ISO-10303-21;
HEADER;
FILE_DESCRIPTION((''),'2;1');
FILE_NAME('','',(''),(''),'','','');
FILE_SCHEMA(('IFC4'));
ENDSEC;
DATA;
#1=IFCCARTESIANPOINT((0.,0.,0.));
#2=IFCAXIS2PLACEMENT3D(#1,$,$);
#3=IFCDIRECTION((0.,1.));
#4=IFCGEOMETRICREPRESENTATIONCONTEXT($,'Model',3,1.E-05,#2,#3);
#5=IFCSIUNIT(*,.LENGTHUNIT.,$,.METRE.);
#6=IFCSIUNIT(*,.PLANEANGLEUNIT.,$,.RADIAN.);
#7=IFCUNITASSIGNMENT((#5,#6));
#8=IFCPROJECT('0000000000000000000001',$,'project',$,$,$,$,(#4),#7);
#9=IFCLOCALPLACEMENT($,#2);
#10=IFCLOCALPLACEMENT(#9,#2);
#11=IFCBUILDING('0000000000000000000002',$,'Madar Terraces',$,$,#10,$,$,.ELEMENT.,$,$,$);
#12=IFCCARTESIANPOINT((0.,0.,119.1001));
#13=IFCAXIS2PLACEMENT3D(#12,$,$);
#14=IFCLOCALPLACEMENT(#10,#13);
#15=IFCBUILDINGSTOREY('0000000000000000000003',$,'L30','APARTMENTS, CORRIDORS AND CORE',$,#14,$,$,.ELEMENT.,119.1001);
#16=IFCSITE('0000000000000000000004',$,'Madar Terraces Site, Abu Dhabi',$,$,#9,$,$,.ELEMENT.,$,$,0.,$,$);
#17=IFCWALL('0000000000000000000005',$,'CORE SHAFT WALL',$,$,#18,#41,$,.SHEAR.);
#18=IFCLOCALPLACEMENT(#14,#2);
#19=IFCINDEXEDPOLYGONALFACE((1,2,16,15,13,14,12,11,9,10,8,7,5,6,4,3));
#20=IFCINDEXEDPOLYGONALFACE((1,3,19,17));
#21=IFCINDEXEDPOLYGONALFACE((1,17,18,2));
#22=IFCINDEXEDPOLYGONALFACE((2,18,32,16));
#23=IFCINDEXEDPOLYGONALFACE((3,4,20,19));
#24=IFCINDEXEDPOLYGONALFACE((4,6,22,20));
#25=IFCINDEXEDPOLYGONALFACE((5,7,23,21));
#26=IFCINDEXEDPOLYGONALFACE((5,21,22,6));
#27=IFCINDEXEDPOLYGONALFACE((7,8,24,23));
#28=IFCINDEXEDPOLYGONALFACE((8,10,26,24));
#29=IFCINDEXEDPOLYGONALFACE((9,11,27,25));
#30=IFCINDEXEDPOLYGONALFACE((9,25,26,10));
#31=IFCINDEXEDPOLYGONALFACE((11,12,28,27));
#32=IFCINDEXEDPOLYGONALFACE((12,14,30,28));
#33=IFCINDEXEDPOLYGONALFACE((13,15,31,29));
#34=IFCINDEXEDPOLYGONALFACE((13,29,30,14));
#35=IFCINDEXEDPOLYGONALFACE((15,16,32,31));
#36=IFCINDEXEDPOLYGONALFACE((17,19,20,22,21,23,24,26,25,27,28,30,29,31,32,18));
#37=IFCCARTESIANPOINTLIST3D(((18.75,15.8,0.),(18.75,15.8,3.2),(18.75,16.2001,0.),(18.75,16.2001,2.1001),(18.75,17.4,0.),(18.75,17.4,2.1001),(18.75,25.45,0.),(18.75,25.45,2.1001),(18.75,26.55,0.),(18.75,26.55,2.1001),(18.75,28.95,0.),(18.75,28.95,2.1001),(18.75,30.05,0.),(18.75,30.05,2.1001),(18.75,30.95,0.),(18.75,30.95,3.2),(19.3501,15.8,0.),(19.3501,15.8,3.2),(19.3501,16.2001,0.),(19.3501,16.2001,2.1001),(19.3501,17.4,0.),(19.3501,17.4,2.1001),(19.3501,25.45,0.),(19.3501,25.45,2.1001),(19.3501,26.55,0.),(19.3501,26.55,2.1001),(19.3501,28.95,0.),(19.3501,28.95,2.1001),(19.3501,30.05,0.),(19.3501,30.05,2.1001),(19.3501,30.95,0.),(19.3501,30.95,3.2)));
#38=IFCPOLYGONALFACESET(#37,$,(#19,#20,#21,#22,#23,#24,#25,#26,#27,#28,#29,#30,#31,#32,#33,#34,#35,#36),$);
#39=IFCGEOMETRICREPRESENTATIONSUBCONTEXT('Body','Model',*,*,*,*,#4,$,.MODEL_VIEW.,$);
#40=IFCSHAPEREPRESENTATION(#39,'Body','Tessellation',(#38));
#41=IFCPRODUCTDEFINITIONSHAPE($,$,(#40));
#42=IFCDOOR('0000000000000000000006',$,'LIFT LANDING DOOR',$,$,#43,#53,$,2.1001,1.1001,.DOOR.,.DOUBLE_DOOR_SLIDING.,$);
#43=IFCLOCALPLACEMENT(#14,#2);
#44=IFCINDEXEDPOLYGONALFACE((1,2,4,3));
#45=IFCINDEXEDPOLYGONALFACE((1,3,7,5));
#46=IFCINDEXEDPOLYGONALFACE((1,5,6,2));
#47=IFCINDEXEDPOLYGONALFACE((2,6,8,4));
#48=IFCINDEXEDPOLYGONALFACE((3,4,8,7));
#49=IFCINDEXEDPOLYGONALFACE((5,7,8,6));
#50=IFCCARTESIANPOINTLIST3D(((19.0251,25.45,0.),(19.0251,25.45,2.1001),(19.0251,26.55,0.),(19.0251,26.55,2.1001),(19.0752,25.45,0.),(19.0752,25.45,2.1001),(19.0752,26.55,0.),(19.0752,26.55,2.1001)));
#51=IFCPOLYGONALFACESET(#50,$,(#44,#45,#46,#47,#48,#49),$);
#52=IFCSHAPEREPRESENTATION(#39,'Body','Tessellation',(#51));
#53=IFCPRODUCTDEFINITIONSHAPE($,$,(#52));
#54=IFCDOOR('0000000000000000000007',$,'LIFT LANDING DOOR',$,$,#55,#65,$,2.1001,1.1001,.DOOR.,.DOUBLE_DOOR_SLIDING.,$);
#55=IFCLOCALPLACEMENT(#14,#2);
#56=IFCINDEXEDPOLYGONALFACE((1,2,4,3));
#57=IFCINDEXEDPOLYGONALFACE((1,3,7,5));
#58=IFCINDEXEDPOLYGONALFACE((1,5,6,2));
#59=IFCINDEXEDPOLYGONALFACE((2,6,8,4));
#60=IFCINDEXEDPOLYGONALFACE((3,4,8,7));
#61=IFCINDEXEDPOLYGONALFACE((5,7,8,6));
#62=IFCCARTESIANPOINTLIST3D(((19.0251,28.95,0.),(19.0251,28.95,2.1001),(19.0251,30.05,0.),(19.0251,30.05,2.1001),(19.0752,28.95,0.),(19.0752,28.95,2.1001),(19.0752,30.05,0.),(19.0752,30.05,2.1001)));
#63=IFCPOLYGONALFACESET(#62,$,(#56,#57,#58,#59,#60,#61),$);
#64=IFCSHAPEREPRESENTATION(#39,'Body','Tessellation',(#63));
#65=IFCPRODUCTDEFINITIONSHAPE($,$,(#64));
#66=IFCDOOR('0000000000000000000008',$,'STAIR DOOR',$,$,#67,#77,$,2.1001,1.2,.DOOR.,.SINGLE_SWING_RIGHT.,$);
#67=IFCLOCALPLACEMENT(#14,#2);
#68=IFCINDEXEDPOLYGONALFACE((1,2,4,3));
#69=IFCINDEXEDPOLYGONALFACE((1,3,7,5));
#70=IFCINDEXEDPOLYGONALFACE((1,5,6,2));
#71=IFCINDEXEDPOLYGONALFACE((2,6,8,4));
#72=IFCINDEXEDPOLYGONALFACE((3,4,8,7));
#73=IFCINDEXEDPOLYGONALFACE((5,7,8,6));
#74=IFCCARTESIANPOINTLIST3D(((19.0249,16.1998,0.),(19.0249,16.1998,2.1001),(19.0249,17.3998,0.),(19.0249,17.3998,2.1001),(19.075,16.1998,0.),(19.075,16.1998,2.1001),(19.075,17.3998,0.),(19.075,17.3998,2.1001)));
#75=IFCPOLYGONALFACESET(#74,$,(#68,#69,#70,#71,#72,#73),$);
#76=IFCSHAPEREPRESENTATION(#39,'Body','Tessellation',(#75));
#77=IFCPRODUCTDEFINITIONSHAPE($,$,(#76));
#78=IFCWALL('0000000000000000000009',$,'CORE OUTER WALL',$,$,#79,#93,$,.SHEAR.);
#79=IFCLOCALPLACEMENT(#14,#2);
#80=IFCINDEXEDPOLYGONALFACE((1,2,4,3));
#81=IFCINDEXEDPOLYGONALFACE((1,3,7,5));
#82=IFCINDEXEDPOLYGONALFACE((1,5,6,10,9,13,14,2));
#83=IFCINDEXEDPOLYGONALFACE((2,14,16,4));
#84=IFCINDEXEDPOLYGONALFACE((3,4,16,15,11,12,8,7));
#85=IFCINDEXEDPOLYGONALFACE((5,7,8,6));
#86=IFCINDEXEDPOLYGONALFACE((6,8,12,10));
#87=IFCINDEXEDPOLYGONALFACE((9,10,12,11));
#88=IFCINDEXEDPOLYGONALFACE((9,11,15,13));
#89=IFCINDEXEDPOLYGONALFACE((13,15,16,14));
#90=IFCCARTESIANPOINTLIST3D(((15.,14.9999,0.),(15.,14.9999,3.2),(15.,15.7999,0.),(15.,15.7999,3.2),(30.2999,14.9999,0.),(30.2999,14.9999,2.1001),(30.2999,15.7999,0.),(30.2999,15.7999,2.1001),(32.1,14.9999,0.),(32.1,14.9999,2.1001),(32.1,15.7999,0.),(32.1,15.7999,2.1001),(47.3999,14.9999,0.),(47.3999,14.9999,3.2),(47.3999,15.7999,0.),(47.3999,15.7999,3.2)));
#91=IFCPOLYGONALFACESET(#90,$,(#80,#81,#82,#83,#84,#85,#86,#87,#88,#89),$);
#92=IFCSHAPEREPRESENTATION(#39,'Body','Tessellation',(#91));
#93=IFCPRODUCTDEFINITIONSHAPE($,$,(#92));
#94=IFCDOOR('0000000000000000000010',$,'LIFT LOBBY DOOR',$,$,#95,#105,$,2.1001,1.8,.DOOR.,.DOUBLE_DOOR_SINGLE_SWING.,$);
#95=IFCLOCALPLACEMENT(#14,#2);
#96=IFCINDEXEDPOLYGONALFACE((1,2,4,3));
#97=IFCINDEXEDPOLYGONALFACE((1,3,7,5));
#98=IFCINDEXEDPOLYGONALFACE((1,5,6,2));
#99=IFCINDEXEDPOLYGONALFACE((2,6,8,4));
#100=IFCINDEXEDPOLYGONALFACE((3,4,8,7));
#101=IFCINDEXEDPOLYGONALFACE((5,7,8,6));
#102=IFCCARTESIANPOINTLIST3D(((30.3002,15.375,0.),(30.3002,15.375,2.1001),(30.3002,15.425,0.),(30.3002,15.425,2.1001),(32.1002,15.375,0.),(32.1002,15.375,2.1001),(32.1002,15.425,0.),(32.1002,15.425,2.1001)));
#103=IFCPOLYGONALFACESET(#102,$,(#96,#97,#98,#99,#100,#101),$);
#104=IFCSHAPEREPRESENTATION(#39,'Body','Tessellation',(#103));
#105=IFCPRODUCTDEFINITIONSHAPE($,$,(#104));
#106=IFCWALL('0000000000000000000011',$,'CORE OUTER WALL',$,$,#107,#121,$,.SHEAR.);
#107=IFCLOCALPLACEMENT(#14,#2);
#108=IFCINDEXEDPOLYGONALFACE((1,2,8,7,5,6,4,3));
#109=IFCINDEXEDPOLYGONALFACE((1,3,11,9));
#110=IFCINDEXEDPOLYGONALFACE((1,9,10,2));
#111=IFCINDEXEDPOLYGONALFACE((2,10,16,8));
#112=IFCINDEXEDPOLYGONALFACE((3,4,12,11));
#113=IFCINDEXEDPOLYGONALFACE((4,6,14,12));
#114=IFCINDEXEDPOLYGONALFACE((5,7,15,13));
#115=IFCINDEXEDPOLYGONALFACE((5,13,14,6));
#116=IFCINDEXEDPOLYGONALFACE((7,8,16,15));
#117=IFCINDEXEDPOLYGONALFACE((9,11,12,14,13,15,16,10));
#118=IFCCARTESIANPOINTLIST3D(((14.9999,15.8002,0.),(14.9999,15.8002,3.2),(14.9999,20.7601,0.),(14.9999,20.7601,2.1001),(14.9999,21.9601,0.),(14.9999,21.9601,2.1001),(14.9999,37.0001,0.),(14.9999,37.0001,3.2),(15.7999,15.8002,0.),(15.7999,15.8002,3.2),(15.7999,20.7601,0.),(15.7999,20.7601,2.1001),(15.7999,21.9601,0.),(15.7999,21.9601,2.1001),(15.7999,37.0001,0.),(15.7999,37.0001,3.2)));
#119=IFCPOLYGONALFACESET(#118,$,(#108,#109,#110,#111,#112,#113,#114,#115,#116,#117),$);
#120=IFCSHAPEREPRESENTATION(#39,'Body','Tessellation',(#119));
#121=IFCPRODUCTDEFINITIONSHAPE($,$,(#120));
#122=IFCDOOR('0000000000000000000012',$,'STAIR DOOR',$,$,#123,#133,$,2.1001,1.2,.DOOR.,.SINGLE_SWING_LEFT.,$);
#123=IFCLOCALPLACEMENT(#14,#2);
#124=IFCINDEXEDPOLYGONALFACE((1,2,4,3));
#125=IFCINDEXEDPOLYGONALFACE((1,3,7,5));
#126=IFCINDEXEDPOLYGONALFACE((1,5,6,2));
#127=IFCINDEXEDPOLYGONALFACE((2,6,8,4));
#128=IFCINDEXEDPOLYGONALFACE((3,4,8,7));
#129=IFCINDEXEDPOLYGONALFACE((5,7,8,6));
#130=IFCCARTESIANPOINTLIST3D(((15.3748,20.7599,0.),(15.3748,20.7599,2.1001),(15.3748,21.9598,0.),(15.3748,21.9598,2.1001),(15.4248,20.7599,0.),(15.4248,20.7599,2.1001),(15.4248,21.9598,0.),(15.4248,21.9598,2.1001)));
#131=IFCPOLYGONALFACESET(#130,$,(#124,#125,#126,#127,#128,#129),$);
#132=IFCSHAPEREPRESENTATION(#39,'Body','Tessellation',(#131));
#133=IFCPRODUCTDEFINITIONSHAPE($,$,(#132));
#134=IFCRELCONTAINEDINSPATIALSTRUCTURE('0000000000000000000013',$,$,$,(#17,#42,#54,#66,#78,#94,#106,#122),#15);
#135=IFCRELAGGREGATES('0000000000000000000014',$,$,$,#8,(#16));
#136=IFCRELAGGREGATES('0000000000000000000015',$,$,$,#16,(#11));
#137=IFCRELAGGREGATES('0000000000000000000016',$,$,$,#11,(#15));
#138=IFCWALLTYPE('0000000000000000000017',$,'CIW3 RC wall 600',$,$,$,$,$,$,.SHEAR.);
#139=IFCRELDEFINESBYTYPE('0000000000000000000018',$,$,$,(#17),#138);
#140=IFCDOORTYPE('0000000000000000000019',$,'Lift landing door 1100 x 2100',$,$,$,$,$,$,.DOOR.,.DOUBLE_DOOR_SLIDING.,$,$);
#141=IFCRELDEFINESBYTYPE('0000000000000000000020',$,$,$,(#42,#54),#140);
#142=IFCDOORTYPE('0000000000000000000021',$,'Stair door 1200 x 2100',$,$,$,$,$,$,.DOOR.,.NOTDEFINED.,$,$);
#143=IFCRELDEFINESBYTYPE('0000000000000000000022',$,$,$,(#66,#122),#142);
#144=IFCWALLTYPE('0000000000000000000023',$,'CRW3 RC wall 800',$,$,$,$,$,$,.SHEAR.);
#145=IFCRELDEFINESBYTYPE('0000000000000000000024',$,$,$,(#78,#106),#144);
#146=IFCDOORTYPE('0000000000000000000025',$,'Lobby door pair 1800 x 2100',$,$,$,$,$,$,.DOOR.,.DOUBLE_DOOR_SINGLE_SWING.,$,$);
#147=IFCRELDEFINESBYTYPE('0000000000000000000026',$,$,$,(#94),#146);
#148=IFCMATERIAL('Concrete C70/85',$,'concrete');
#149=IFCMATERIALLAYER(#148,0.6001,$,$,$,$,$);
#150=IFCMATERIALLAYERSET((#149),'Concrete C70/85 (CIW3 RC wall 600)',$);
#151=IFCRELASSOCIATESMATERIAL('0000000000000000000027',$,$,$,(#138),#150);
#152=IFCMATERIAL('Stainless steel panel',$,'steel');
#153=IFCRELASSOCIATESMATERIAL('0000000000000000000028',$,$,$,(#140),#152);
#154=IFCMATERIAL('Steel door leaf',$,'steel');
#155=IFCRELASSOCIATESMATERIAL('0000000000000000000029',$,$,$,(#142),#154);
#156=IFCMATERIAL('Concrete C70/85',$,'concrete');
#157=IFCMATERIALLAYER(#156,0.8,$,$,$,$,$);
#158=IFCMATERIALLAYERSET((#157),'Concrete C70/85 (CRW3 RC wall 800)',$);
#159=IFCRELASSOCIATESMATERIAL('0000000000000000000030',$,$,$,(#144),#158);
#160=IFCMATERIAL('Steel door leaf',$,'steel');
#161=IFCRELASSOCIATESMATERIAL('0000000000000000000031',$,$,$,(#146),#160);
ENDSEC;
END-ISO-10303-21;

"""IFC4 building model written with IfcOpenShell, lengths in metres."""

from ifc_helpers import new_model, si_unit, direction, frame, frame_2d, origin, place, context, subcontext, project, spatial, rectangle, extrude, material, layer, layer_set, type_object, element, fill, save


model = new_model("IFC4")

# Units and contexts
model_context = context("Model", 3, precision=1e-05, world=origin(), true_north=direction((0.0, 1.0)))
body_context = subcontext(model_context, "Body", "Model", "MODEL_VIEW")
ifc_project = project(units=[si_unit("LENGTHUNIT", "METRE"), si_unit("PLANEANGLEUNIT", "RADIAN")], contexts=[model_context])

# Site, building, storey
site_placement = place(None, origin())
site = spatial("IfcSite", under=ifc_project, at=site_placement, Name="Madar Terraces Site, Abu Dhabi", CompositionType="ELEMENT", RefElevation=0.0)
building_placement = place(site_placement, origin())
building = spatial("IfcBuilding", under=site, at=building_placement, Name="Madar Terraces", CompositionType="ELEMENT")
storey_placement = place(building_placement, frame((0.0, 0.0, 119.1001)))
storey = spatial("IfcBuildingStorey", under=building, at=storey_placement, Name="L30", Description="APARTMENTS, CORRIDORS AND CORE", CompositionType="ELEMENT", Elevation=119.1001)

# Wall, openings, doors
ifc_material_1 = material(Name="Concrete C70/85", Category="concrete")
ifc_layer_1 = layer(ifc_material_1, 0.6001)
ifc_layer_set_1 = layer_set([ifc_layer_1], Name="Concrete C70/85 (CIW3 RC wall 600)")
wall_type_1 = type_object("IfcWallType", Name="CIW3 RC wall 600", PredefinedType="SHEAR", material=ifc_layer_set_1)
wall_1_placement = place(storey_placement, frame((19.05, 15.8, 0.0), z_axis=(0.0, 0.0, 1.0), x_axis=(0.0, 1.0, 0.0)))
wall_1 = element("IfcWall", 1, at=wall_1_placement, inside=storey, type_object=wall_type_1, Name="CORE SHAFT WALL", PredefinedType="SHEAR", context=body_context, shape_type="SweptSolid", body=[
    extrude(rectangle(XDim=15.1499, YDim=0.6001, at=frame_2d((7.575, 0.0))), origin(), (0.0, 0.0, 1.0), 3.2),
])
opening_1_placement = place(wall_1_placement, frame((9.6499, 0.0, 0.0)))
opening_1 = element("IfcOpeningElement", 2, at=opening_1_placement, cuts=wall_1, PredefinedType="OPENING", context=body_context, shape_type="SweptSolid", body=[
    extrude(rectangle(XDim=1.1001, YDim=2.1001, at=frame_2d((0.55, 1.05))), frame((0.0, 0.3101, 0.0), z_axis=(0.0, -1.0, 0.0), x_axis=(1.0, 0.0, 0.0)), (0.0, 0.0, 1.0), 0.6201),
])
opening_2_placement = place(wall_1_placement, frame((13.1499, 0.0, 0.0)))
opening_2 = element("IfcOpeningElement", 3, at=opening_2_placement, cuts=wall_1, PredefinedType="OPENING", context=body_context, shape_type="SweptSolid", body=[
    extrude(rectangle(XDim=1.1001, YDim=2.1001, at=frame_2d((0.55, 1.05))), frame((0.0, 0.3101, 0.0), z_axis=(0.0, -1.0, 0.0), x_axis=(1.0, 0.0, 0.0)), (0.0, 0.0, 1.0), 0.6201),
])
opening_3_placement = place(wall_1_placement, frame((0.3999, 0.0, 0.0)))
opening_3 = element("IfcOpeningElement", 4, at=opening_3_placement, cuts=wall_1, PredefinedType="OPENING", context=body_context, shape_type="SweptSolid", body=[
    extrude(rectangle(XDim=1.2, YDim=2.1001, at=frame_2d((0.6001, 1.05))), frame((0.0, 0.3101, 0.0), z_axis=(0.0, -1.0, 0.0), x_axis=(1.0, 0.0, 0.0)), (0.0, 0.0, 1.0), 0.6201),
])
ifc_material_2 = material(Name="Stainless steel panel", Category="steel")
door_type_1 = type_object("IfcDoorType", Name="Lift landing door 1100 x 2100", OperationType="DOUBLE_DOOR_SLIDING", PredefinedType="DOOR", material=ifc_material_2)
door_1_placement = place(opening_1_placement, origin())
door_1 = element("IfcDoor", 5, at=door_1_placement, inside=storey, type_object=door_type_1, Name="LIFT LANDING DOOR", OperationType="DOUBLE_DOOR_SLIDING", OverallHeight=2.1001, OverallWidth=1.1001, PredefinedType="DOOR", context=body_context, shape_type="SweptSolid", body=[
    extrude(rectangle(XDim=1.1001, YDim=2.1001, at=frame_2d((0.55, 1.05))), frame((0.0, 0.0249, 0.0), z_axis=(0.0, -1.0, 0.0), x_axis=(1.0, 0.0, 0.0)), (0.0, 0.0, 1.0), 0.05),
])
fill(opening_1, door_1)
door_2_placement = place(opening_2_placement, origin())
door_2 = element("IfcDoor", 6, at=door_2_placement, inside=storey, type_object=door_type_1, Name="LIFT LANDING DOOR", OperationType="DOUBLE_DOOR_SLIDING", OverallHeight=2.1001, OverallWidth=1.1001, PredefinedType="DOOR", context=body_context, shape_type="SweptSolid", body=[
    extrude(rectangle(XDim=1.1001, YDim=2.1001, at=frame_2d((0.55, 1.05))), frame((0.0, 0.0249, 0.0), z_axis=(0.0, -1.0, 0.0), x_axis=(1.0, 0.0, 0.0)), (0.0, 0.0, 1.0), 0.05),
])
fill(opening_2, door_2)
ifc_material_3 = material(Name="Steel door leaf", Category="steel")
door_type_2 = type_object("IfcDoorType", Name="Stair door 1200 x 2100", OperationType="NOTDEFINED", PredefinedType="DOOR", material=ifc_material_3)
door_3_placement = place(opening_3_placement, frame((1.2, 0.0, 0.0), z_axis=(0.0, 0.0, 1.0), x_axis=(-1.0, 0.0, 0.0)))
door_3 = element("IfcDoor", 7, at=door_3_placement, inside=storey, type_object=door_type_2, Name="STAIR DOOR", OperationType="SINGLE_SWING_RIGHT", OverallHeight=2.1001, OverallWidth=1.2, PredefinedType="DOOR", context=body_context, shape_type="SweptSolid", body=[
    extrude(rectangle(XDim=1.2, YDim=2.1001, at=frame_2d((0.6001, 1.05))), frame((0.0, 0.0249, 0.0), z_axis=(0.0, -1.0, 0.0), x_axis=(1.0, 0.0, 0.0)), (0.0, 0.0, 1.0), 0.05),
])
fill(opening_3, door_3)

# Walls, openings, doors
ifc_material_4 = material(Name="Concrete C70/85", Category="concrete")
ifc_layer_2 = layer(ifc_material_4, 0.8)
ifc_layer_set_2 = layer_set([ifc_layer_2], Name="Concrete C70/85 (CRW3 RC wall 800)")
wall_type_2 = type_object("IfcWallType", Name="CRW3 RC wall 800", PredefinedType="SHEAR", material=ifc_layer_set_2)
wall_2_placement = place(storey_placement, frame((15.0, 15.3999, 0.0), z_axis=(0.0, 0.0, 1.0), x_axis=(1.0, 0.0, 0.0)))
wall_2 = element("IfcWall", 8, at=wall_2_placement, inside=storey, type_object=wall_type_2, Name="CORE OUTER WALL", PredefinedType="SHEAR", context=body_context, shape_type="SweptSolid", body=[
    extrude(rectangle(XDim=32.3999, YDim=0.8, at=frame_2d((16.2, 0.0))), origin(), (0.0, 0.0, 1.0), 3.2),
])
opening_4_placement = place(wall_2_placement, frame((15.3, 0.0, 0.0)))
opening_4 = element("IfcOpeningElement", 9, at=opening_4_placement, cuts=wall_2, PredefinedType="OPENING", context=body_context, shape_type="SweptSolid", body=[
    extrude(rectangle(XDim=1.8, YDim=2.1001, at=frame_2d((0.8999, 1.05))), frame((0.0, 0.4099, 0.0), z_axis=(0.0, -1.0, 0.0), x_axis=(1.0, 0.0, 0.0)), (0.0, 0.0, 1.0), 0.8201),
])
ifc_material_5 = material(Name="Steel door leaf", Category="steel")
door_type_3 = type_object("IfcDoorType", Name="Lobby door pair 1800 x 2100", OperationType="DOUBLE_DOOR_SINGLE_SWING", PredefinedType="DOOR", material=ifc_material_5)
door_4_placement = place(opening_4_placement, frame((1.8, 0.0, 0.0), z_axis=(0.0, 0.0, 1.0), x_axis=(-1.0, 0.0, 0.0)))
door_4 = element("IfcDoor", 10, at=door_4_placement, inside=storey, type_object=door_type_3, Name="LIFT LOBBY DOOR", OperationType="DOUBLE_DOOR_SINGLE_SWING", OverallHeight=2.1001, OverallWidth=1.8, PredefinedType="DOOR", context=body_context, shape_type="SweptSolid", body=[
    extrude(rectangle(XDim=1.8, YDim=2.1001, at=frame_2d((0.8999, 1.05))), frame((0.0, 0.0249, 0.0), z_axis=(0.0, -1.0, 0.0), x_axis=(1.0, 0.0, 0.0)), (0.0, 0.0, 1.0), 0.05),
])
fill(opening_4, door_4)
wall_3_placement = place(storey_placement, frame((15.3999, 15.8, 0.0), z_axis=(0.0, 0.0, 1.0), x_axis=(0.0, 1.0, 0.0)))
wall_3 = element("IfcWall", 11, at=wall_3_placement, inside=storey, type_object=wall_type_2, Name="CORE OUTER WALL", PredefinedType="SHEAR", context=body_context, shape_type="SweptSolid", body=[
    extrude(rectangle(XDim=21.2, YDim=0.8, at=frame_2d((10.6001, 0.0))), origin(), (0.0, 0.0, 1.0), 3.2),
])
opening_5_placement = place(wall_3_placement, frame((4.96, 0.0, 0.0)))
opening_5 = element("IfcOpeningElement", 12, at=opening_5_placement, cuts=wall_3, PredefinedType="OPENING", context=body_context, shape_type="SweptSolid", body=[
    extrude(rectangle(XDim=1.2, YDim=2.1001, at=frame_2d((0.6001, 1.05))), frame((0.0, 0.4099, 0.0), z_axis=(0.0, -1.0, 0.0), x_axis=(1.0, 0.0, 0.0)), (0.0, 0.0, 1.0), 0.8201),
])
door_5_placement = place(opening_5_placement, frame((1.2, 0.0, 0.0), z_axis=(0.0, 0.0, 1.0), x_axis=(-1.0, 0.0, 0.0)))
door_5 = element("IfcDoor", 13, at=door_5_placement, inside=storey, type_object=door_type_2, Name="STAIR DOOR", OperationType="SINGLE_SWING_LEFT", OverallHeight=2.1001, OverallWidth=1.2, PredefinedType="DOOR", context=body_context, shape_type="SweptSolid", body=[
    extrude(rectangle(XDim=1.2, YDim=2.1001, at=frame_2d((0.6001, 1.05))), frame((0.0, 0.0249, 0.0), z_axis=(0.0, -1.0, 0.0), x_axis=(1.0, 0.0, 0.0)), (0.0, 0.0, 1.0), 0.05),
])
fill(opening_5, door_5)

save(model, "model.ifc")
